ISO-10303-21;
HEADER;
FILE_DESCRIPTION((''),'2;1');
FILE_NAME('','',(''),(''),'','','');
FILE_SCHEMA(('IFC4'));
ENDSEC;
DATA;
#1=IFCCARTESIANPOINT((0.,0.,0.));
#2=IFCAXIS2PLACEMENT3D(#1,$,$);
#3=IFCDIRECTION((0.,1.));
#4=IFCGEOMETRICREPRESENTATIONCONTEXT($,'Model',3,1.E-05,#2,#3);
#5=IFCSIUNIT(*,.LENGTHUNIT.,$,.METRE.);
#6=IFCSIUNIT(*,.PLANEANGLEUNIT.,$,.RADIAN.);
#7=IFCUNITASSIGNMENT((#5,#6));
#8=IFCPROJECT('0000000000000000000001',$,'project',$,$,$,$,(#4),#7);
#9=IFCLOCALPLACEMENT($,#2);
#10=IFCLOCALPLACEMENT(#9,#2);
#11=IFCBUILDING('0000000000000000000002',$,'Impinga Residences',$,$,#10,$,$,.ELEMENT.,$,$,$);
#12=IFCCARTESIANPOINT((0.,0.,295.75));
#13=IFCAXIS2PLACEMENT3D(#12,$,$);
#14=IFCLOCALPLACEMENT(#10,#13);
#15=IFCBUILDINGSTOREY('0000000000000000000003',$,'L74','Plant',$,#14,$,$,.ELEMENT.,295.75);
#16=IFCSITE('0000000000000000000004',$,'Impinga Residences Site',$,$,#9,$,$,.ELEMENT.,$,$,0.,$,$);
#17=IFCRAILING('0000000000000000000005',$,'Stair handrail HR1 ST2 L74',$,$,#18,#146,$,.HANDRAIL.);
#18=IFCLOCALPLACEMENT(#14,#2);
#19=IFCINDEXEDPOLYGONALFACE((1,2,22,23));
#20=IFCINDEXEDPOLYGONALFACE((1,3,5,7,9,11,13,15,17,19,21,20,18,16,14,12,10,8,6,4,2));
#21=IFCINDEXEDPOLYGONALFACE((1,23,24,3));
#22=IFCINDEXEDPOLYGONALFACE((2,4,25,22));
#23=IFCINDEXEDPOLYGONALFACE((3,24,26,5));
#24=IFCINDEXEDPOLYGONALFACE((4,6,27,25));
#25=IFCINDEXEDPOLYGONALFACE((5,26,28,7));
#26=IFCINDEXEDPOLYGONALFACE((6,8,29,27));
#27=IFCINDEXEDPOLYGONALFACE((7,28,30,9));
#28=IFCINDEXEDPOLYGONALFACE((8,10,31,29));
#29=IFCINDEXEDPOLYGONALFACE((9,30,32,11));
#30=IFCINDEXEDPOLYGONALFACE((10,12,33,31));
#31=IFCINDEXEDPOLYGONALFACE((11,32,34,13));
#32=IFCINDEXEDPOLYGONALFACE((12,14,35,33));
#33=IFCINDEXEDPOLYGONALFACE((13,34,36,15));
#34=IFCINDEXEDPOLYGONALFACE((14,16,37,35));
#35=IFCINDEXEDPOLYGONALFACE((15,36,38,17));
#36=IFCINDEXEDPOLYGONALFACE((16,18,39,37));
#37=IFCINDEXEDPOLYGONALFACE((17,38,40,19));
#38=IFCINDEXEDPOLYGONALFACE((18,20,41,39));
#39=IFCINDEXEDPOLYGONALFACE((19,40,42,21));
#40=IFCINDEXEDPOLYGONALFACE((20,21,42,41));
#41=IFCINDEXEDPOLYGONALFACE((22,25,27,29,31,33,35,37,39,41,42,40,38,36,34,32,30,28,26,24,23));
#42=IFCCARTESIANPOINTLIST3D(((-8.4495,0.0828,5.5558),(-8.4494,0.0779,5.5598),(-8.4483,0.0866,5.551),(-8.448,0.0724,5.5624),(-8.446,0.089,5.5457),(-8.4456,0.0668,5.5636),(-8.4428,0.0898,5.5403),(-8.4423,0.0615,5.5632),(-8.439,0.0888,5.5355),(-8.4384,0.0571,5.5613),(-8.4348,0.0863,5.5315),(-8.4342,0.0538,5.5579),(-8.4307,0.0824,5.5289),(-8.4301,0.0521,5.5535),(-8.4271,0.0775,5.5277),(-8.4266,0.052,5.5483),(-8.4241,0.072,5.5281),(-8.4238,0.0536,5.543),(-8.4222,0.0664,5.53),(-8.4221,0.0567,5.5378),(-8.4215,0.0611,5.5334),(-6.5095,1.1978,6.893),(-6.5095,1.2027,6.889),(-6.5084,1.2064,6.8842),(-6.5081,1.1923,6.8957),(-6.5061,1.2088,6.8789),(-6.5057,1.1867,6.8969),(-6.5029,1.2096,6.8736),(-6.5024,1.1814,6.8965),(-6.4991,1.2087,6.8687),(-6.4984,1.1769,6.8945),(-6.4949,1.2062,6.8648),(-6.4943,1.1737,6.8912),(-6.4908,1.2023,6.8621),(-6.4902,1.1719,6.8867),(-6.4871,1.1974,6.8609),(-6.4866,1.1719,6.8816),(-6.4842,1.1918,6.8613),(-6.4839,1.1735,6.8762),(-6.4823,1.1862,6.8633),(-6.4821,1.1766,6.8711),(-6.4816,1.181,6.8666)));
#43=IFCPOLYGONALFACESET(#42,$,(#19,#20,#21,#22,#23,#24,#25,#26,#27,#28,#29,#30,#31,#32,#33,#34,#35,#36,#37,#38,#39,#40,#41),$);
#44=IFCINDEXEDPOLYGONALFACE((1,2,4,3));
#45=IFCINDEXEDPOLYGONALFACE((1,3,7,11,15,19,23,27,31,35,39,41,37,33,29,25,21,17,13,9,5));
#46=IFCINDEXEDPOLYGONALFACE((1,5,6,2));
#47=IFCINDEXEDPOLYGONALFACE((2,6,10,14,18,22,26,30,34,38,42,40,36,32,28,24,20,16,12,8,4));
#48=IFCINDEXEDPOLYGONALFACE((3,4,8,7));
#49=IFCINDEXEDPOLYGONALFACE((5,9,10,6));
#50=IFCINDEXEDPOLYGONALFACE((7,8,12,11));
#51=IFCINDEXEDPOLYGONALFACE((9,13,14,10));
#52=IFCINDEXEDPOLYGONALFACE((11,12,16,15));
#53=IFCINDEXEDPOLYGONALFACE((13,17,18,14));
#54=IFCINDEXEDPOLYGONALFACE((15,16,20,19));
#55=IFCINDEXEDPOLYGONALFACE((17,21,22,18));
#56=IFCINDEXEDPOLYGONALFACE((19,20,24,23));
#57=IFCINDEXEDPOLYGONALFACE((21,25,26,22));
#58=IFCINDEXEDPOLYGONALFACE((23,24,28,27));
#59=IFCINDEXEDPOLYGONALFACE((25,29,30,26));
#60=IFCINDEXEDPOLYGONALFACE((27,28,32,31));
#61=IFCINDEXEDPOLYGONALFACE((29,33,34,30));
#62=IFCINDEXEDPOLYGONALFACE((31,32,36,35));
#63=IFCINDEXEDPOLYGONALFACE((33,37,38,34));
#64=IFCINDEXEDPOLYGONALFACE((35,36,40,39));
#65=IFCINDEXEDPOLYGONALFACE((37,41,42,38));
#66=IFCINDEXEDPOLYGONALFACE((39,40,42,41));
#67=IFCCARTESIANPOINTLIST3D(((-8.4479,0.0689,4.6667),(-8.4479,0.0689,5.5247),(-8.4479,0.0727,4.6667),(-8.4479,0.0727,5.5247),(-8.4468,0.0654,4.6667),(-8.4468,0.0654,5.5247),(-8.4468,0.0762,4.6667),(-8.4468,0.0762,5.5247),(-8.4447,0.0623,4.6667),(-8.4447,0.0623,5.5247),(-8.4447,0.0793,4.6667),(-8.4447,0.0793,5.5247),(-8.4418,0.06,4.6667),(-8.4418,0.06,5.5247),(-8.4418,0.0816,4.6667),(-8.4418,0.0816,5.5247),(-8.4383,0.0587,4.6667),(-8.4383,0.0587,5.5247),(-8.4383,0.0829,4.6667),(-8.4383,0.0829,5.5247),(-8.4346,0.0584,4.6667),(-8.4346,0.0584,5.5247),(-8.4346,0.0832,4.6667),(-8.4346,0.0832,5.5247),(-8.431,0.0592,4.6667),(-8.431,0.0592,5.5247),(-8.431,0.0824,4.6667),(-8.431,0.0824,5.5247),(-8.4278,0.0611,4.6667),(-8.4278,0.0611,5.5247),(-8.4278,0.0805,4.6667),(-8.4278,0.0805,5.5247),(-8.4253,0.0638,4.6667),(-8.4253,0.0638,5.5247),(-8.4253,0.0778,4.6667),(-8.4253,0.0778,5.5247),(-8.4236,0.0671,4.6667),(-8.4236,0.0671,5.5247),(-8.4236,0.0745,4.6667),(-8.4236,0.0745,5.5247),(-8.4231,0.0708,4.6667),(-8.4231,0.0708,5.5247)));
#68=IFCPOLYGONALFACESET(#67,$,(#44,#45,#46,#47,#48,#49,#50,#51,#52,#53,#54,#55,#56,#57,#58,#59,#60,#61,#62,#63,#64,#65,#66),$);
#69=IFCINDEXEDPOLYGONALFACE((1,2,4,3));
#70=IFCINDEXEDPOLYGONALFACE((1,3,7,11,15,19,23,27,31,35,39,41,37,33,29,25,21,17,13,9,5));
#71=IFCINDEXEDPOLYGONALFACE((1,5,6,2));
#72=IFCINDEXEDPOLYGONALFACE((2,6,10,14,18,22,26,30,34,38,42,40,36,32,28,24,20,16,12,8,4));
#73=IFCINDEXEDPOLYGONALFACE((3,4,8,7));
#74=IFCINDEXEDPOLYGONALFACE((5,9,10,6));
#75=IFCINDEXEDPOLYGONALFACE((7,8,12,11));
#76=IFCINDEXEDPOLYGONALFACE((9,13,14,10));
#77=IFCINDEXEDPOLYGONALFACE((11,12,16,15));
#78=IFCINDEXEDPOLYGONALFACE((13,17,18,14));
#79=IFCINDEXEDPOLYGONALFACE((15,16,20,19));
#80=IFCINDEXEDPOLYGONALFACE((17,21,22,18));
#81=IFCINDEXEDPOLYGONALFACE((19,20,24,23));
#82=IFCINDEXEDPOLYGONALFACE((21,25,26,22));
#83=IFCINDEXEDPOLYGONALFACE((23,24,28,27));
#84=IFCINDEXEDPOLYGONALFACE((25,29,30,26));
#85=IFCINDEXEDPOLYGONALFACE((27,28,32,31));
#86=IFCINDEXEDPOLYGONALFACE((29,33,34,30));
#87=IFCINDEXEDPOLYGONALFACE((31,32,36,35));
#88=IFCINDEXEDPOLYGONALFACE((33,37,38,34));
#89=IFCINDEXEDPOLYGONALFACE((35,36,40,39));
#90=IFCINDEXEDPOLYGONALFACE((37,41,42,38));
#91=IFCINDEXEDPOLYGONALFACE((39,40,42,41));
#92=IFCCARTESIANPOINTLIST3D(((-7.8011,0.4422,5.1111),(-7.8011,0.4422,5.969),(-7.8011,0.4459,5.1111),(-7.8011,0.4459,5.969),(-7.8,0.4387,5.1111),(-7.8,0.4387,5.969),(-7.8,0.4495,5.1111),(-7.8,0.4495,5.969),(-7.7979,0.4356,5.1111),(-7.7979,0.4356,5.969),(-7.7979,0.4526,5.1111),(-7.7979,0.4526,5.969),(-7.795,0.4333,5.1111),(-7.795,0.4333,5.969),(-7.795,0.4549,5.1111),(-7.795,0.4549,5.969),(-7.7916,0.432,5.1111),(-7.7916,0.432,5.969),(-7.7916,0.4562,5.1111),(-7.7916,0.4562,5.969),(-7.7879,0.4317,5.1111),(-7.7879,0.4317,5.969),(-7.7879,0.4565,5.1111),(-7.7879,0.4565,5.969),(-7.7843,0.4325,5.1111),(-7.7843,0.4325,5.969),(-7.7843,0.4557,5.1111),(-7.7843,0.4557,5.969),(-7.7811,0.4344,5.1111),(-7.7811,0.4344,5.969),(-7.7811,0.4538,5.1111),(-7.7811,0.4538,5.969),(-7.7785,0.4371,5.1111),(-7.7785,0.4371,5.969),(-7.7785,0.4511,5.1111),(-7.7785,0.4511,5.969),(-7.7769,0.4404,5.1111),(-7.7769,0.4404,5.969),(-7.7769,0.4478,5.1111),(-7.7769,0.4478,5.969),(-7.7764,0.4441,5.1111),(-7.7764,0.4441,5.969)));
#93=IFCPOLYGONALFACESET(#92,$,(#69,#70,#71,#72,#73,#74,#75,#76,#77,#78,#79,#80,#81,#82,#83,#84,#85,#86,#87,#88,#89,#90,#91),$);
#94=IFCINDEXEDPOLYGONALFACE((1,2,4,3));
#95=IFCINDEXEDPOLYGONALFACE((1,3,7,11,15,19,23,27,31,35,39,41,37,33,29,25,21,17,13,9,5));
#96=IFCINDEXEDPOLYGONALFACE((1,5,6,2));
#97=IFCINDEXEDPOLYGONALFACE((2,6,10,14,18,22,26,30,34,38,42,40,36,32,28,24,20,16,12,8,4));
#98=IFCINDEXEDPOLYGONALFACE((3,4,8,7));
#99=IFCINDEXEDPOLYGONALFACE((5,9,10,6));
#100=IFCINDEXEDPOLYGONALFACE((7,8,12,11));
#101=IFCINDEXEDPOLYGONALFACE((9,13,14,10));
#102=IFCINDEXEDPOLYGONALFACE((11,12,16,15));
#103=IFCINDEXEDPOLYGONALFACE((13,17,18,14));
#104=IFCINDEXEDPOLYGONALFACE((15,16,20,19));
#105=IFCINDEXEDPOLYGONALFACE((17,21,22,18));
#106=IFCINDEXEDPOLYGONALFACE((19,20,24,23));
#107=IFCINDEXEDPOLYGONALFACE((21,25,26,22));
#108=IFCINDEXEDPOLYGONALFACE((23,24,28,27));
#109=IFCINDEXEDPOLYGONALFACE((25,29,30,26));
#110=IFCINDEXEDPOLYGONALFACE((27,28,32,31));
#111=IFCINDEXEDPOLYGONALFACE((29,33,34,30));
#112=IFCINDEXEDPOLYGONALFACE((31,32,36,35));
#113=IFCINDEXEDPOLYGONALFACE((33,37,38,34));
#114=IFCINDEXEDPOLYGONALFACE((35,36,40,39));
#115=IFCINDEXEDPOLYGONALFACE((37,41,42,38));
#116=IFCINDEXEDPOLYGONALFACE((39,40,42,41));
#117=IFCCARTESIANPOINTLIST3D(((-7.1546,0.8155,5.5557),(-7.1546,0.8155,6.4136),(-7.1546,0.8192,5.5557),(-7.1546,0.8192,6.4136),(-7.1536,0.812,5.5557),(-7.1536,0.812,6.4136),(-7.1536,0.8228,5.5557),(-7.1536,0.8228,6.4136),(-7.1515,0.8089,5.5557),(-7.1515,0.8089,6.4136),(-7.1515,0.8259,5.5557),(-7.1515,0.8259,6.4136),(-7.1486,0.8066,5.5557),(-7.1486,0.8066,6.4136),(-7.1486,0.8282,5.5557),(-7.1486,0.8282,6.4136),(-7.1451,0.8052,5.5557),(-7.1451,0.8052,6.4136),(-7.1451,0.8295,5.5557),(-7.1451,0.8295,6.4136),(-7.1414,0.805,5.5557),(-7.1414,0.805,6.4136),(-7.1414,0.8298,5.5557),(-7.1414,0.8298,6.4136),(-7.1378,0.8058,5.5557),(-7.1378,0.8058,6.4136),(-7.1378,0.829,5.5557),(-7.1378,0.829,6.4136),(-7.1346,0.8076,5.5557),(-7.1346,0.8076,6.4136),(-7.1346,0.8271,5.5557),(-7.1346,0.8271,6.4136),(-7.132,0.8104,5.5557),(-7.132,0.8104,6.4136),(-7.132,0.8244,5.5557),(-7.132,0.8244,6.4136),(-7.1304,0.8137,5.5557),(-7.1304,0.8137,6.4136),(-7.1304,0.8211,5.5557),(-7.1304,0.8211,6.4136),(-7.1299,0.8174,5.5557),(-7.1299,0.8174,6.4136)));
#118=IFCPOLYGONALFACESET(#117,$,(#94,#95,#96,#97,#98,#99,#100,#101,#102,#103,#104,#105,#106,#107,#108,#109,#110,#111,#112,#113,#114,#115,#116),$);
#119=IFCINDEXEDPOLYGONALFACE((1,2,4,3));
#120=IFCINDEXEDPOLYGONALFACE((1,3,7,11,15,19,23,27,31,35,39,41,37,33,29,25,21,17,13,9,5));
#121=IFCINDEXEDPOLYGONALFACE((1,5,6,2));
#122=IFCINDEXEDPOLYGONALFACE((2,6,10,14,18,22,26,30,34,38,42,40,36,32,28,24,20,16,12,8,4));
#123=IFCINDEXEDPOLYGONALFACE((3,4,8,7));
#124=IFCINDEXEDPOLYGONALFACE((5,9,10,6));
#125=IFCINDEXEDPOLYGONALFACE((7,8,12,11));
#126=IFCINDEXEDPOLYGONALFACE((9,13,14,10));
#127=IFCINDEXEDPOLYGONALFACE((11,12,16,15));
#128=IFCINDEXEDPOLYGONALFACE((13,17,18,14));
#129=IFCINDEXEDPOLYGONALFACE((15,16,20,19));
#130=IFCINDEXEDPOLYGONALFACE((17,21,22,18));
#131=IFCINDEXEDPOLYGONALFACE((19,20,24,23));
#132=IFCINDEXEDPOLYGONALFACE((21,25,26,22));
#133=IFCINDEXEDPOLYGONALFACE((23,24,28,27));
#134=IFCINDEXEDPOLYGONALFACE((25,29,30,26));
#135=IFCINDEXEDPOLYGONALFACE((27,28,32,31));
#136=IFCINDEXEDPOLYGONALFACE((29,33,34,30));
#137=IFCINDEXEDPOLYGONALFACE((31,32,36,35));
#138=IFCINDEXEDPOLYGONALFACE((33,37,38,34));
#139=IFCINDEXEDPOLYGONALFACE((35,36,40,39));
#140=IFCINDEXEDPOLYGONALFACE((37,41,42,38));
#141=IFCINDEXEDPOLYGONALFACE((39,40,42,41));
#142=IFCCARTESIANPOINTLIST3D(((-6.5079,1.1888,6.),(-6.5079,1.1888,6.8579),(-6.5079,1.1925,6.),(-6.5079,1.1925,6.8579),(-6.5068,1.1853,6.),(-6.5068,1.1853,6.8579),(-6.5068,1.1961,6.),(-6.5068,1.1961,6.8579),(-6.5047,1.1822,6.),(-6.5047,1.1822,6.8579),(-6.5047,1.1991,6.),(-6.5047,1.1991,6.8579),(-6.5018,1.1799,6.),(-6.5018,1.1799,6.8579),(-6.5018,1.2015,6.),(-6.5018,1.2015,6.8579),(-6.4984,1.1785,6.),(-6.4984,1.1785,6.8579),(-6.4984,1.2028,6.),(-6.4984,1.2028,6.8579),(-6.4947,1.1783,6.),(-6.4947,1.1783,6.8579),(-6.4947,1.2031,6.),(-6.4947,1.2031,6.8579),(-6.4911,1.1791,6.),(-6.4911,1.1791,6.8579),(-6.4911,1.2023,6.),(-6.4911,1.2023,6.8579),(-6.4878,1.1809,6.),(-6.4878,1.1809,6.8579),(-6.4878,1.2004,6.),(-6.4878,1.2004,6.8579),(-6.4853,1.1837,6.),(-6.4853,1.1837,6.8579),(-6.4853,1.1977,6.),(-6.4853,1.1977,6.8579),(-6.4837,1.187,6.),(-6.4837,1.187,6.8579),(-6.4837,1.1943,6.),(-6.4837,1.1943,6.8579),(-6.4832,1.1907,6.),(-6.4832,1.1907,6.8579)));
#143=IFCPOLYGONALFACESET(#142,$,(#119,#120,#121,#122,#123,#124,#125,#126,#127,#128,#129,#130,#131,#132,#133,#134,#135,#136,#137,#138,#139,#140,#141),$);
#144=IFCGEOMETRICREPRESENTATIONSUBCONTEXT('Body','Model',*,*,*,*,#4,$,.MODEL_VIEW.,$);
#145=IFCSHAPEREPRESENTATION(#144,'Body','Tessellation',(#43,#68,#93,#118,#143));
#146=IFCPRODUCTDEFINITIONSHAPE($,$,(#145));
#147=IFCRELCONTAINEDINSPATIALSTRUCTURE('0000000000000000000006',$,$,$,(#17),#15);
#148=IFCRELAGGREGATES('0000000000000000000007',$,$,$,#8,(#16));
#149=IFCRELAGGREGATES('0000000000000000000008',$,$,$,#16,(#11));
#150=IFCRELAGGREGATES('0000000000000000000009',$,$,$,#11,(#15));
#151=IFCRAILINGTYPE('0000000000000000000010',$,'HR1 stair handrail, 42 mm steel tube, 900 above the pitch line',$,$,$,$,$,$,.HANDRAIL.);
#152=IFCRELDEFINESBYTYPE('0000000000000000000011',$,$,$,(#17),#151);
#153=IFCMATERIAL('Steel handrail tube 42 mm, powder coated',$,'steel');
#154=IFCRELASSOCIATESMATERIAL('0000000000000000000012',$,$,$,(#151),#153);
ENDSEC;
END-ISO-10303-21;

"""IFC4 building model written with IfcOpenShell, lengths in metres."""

from ifc_helpers import new_model, si_unit, direction, frame, origin, origin_2d, place, context, subcontext, project, spatial, circle, extrude, material, type_object, element, save


model = new_model("IFC4")

# Units and contexts
model_context = context("Model", 3, precision=1e-05, world=origin(), true_north=direction((0.0, 1.0)))
body_context = subcontext(model_context, "Body", "Model", "MODEL_VIEW")
ifc_project = project(units=[si_unit("LENGTHUNIT", "METRE"), si_unit("PLANEANGLEUNIT", "RADIAN")], contexts=[model_context])

# Site, building, storey
site_placement = place(None, origin())
site = spatial("IfcSite", under=ifc_project, at=site_placement, Name="Impinga Residences Site", CompositionType="ELEMENT", RefElevation=0.0)
building_placement = place(site_placement, origin())
building = spatial("IfcBuilding", under=site, at=building_placement, Name="Impinga Residences", CompositionType="ELEMENT")
storey_placement = place(building_placement, frame((0.0, 0.0, 295.75)))
storey = spatial("IfcBuildingStorey", under=building, at=storey_placement, Name="L74", Description="Plant", CompositionType="ELEMENT", Elevation=295.75)

# Railing
ifc_material_1 = material(Name="Steel handrail tube 42 mm, powder coated", Category="steel")
railing_type = type_object("IfcRailingType", Name="HR1 stair handrail, 42 mm steel tube, 900 above the pitch line", PredefinedType="HANDRAIL", material=ifc_material_1)
for number, where, name in (
    (1, (-8.4355, 0.0708, 4.6667), "Stair handrail HR1 ST2 L74"),
):
    element("IfcRailing", number, at=place(storey_placement, frame(where)), inside=storey, type_object=railing_type, Name=name, PredefinedType="HANDRAIL", context=body_context, shape_type="SweptSolid", body=[
        extrude(circle(Radius=0.021, at=origin_2d()), frame((0.0, 0.0, 0.8789), z_axis=(0.744205, 0.429608, 0.511465), x_axis=(-0.499949, 0.866055, 0.0)), (0.0, 0.0, 1.0), 2.6067),
        extrude(circle(Radius=0.0125, at=origin_2d()), origin(), (0.0, 0.0, 1.0), 0.8579),
        extrude(circle(Radius=0.0125, at=origin_2d()), frame((0.6467, 0.3733, 0.4443)), (0.0, 0.0, 1.0), 0.8579),
        extrude(circle(Radius=0.0125, at=origin_2d()), frame((1.2932, 0.7466, 0.8889)), (0.0, 0.0, 1.0), 0.8579),
        extrude(circle(Radius=0.0125, at=origin_2d()), frame((1.9399, 1.1199, 1.3333)), (0.0, 0.0, 1.0), 0.8579),
    ])

save(model, "model.ifc")
